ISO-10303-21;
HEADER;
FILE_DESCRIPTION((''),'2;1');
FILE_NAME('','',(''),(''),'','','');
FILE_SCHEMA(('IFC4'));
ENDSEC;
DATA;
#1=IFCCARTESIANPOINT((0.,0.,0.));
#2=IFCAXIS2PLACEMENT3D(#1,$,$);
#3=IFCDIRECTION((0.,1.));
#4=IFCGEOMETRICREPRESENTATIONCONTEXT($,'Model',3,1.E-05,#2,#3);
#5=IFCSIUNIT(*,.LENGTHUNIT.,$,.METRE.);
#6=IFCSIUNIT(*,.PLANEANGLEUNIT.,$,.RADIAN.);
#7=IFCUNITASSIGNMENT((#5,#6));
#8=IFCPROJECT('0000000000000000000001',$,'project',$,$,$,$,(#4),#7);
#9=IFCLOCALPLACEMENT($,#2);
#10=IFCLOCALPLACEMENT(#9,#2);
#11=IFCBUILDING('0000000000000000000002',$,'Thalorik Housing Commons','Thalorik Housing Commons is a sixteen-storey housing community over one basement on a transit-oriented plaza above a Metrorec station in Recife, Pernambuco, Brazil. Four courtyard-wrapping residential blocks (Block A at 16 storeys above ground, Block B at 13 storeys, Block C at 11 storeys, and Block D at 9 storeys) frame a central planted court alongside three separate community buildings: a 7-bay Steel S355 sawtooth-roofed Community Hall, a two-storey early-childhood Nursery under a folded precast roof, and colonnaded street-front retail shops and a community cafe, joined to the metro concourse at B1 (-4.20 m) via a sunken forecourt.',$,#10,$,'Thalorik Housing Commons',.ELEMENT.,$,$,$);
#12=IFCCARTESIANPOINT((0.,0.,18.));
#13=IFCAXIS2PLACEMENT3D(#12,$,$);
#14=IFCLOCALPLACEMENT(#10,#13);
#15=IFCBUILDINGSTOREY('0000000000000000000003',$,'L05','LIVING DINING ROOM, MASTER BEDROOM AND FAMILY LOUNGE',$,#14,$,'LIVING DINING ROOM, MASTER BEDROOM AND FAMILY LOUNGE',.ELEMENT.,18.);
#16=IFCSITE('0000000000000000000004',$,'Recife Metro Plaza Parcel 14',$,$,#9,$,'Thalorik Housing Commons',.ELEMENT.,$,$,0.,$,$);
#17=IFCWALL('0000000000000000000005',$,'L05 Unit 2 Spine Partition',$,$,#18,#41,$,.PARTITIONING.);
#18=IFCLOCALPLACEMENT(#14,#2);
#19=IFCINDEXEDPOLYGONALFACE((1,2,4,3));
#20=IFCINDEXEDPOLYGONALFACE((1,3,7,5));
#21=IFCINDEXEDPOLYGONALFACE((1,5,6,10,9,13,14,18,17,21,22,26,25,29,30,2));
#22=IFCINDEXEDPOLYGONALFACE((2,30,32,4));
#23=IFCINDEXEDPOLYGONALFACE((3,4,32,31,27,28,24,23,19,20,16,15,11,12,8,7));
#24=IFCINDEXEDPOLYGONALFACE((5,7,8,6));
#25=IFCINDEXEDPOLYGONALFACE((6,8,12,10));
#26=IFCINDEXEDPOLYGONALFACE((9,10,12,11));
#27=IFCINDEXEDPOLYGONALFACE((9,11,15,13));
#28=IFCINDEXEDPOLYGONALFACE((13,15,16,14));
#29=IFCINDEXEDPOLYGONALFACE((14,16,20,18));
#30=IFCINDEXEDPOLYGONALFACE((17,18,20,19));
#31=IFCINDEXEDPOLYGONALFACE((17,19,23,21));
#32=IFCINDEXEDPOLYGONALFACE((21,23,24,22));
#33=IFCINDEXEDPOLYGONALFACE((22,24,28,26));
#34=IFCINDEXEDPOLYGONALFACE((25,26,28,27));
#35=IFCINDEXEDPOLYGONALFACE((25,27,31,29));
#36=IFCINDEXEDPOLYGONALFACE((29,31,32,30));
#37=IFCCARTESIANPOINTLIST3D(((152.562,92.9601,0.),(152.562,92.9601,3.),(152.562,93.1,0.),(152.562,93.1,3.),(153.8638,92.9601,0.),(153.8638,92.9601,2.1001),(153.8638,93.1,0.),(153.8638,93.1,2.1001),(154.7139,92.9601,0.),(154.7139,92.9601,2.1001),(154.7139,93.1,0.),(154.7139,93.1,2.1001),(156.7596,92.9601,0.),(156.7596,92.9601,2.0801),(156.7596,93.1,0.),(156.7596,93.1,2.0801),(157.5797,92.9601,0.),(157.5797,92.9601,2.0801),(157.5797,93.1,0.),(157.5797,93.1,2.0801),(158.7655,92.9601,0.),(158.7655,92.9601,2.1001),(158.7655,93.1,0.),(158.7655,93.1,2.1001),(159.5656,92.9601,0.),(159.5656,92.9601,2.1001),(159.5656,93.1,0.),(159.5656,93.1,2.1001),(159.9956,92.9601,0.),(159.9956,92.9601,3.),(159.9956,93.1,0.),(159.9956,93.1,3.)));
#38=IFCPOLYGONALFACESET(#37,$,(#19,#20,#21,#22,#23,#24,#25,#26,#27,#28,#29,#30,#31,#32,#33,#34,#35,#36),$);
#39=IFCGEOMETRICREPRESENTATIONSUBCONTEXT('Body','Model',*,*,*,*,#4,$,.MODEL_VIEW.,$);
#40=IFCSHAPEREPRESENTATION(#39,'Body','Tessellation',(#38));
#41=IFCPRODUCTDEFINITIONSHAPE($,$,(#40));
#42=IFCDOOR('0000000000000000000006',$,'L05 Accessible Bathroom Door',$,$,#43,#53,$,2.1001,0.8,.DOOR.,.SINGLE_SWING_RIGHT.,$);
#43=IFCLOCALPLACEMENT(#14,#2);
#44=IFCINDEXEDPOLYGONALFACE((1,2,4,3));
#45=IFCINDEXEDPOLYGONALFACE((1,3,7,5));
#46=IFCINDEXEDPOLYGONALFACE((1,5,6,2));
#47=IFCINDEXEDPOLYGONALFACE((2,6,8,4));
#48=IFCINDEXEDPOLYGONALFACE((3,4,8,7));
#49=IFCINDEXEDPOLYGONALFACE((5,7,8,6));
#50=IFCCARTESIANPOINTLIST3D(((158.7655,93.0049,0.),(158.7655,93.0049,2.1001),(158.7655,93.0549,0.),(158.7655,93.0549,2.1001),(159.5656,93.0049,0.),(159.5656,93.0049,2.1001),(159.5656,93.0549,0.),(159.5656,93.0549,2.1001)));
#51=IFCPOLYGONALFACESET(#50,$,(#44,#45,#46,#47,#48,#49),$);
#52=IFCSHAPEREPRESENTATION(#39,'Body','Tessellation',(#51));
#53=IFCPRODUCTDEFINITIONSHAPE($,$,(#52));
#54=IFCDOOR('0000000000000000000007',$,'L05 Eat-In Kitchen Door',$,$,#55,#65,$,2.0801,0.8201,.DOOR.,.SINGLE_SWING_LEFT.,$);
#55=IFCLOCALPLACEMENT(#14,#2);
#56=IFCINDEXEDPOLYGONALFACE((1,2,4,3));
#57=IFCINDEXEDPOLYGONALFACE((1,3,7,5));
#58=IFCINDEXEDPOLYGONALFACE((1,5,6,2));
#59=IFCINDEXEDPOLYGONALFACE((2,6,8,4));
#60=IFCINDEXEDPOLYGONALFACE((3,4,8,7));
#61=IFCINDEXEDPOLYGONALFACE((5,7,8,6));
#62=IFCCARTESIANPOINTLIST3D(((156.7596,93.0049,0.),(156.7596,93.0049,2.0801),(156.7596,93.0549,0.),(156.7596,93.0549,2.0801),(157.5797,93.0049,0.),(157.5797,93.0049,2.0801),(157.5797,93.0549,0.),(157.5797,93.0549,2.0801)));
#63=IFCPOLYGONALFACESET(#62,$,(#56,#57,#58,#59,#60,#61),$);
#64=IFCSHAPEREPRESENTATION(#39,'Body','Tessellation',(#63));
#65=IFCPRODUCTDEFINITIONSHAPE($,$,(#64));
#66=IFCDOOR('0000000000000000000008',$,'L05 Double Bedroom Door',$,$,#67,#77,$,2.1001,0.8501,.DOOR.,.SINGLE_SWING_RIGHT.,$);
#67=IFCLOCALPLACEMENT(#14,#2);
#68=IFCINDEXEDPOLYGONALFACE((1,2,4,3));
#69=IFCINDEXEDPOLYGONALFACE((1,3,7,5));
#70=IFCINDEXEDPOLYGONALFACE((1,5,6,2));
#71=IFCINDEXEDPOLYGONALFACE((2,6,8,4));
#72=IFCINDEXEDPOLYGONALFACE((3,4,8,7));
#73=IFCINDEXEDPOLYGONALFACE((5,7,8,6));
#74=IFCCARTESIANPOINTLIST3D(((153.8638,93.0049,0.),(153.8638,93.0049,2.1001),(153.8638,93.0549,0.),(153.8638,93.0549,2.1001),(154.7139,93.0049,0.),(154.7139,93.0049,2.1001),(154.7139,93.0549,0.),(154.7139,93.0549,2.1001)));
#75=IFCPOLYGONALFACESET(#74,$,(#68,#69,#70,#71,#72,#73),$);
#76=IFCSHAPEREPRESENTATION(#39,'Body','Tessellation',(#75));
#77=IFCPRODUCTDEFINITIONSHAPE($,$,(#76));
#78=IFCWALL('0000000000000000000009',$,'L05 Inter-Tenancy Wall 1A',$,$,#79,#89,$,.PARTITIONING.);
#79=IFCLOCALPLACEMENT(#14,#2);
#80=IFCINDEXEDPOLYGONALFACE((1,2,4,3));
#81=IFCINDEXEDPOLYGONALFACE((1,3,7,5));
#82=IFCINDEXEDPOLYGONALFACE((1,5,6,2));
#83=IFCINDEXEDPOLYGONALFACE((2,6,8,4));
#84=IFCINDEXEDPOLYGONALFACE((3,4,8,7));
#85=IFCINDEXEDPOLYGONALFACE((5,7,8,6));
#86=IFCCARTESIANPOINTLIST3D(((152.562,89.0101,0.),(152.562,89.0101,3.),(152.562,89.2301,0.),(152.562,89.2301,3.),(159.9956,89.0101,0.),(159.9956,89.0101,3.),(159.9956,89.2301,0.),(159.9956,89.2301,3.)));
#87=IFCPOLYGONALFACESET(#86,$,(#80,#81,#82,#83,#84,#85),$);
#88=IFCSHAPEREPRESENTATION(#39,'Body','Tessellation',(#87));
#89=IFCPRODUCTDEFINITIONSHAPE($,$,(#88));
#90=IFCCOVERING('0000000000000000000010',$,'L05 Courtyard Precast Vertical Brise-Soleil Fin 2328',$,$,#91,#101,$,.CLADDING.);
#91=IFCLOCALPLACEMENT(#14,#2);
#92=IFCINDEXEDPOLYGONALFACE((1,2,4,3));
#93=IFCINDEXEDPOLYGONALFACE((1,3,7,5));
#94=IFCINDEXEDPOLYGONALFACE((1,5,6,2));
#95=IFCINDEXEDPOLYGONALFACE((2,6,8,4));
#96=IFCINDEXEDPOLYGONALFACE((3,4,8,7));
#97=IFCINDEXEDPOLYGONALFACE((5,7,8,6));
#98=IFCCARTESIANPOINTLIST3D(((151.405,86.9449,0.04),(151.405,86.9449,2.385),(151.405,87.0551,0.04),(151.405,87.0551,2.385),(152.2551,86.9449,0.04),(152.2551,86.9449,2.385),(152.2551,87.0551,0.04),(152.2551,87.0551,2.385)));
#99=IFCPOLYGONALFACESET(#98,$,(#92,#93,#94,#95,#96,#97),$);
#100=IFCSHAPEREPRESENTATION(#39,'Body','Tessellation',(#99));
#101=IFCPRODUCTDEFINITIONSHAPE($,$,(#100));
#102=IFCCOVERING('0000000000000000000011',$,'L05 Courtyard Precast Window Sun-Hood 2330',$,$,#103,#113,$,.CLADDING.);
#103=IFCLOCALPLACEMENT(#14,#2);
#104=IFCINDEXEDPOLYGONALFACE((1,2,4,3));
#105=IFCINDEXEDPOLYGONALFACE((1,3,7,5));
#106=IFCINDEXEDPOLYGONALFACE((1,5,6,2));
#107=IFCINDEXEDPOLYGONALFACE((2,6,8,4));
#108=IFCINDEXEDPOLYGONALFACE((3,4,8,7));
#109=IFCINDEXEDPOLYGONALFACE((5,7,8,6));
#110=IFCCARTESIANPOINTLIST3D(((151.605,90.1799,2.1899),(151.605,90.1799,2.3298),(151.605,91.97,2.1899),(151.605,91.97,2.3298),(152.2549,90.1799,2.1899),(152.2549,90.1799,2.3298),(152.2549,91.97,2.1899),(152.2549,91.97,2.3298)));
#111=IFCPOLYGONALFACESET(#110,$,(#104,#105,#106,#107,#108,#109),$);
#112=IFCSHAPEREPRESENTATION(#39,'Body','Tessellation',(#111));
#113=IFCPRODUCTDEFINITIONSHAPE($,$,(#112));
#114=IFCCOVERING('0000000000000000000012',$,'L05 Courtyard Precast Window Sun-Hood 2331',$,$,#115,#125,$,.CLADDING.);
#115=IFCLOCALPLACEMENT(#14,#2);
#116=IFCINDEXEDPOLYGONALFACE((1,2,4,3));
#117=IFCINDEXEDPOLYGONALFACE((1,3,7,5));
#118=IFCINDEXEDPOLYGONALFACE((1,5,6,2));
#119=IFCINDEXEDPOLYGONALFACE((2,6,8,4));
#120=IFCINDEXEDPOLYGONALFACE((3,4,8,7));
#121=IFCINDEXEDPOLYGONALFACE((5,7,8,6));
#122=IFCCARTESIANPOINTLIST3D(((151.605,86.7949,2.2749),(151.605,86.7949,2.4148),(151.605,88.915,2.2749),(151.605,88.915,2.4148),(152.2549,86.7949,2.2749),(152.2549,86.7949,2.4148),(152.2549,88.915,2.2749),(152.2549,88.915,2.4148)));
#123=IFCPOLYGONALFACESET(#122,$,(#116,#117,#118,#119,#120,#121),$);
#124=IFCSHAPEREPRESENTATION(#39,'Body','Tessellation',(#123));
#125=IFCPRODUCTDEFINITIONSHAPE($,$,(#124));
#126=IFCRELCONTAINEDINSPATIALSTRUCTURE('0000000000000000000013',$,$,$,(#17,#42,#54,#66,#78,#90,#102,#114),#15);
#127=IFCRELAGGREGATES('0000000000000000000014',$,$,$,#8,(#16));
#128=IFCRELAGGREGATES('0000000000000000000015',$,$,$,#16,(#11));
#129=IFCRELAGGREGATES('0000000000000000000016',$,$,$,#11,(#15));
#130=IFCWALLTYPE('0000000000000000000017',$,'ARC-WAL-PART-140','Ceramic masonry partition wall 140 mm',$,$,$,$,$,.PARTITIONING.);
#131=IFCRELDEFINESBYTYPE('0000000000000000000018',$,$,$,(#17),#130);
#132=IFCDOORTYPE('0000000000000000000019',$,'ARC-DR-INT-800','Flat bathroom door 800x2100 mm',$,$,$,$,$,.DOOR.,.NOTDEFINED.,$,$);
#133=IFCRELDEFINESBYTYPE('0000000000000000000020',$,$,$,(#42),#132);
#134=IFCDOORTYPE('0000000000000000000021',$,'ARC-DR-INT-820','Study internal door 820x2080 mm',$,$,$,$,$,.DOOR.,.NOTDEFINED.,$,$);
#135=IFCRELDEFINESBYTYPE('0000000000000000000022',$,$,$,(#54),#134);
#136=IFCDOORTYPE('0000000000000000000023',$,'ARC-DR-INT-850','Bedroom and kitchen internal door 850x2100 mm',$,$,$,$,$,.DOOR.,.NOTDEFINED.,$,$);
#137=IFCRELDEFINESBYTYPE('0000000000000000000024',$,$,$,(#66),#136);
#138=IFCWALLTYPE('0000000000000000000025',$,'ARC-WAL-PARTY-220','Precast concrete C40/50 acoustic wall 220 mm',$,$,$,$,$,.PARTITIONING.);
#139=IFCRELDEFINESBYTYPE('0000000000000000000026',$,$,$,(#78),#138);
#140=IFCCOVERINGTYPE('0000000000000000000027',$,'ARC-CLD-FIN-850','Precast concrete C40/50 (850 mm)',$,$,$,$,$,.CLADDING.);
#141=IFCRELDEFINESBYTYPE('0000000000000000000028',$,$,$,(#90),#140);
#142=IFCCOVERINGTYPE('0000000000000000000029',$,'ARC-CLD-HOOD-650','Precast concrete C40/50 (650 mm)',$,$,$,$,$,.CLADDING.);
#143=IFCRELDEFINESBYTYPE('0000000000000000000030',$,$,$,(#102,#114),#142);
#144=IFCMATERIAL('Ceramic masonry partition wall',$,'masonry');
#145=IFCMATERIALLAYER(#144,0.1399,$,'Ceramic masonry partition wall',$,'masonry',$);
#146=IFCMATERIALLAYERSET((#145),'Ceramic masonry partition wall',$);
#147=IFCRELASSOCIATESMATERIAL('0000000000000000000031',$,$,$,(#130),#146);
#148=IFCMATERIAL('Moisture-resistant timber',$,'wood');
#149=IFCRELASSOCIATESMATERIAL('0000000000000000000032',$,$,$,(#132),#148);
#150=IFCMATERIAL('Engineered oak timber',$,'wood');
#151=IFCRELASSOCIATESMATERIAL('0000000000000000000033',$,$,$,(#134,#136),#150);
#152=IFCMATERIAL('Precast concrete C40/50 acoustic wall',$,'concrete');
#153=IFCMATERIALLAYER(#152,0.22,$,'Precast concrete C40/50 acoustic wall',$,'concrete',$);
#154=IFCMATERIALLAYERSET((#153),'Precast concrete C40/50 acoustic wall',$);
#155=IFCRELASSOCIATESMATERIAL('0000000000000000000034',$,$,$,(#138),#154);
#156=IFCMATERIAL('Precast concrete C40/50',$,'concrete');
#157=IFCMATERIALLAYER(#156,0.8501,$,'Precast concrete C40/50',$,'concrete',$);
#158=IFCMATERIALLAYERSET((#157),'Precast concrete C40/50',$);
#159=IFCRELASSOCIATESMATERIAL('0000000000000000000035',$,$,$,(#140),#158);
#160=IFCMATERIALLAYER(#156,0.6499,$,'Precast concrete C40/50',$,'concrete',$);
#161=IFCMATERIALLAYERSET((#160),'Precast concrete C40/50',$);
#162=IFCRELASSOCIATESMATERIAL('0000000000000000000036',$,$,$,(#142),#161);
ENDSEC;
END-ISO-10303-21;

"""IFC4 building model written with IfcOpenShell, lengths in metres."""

from ifc_helpers import new_model, si_unit, direction, frame, frame_2d, origin, origin_2d, place, context, subcontext, project, spatial, rectangle, extrude, material, layer, layer_set, type_object, element, fill, save


model = new_model("IFC4")

# Units and contexts
model_context = context("Model", 3, precision=1e-05, world=origin(), true_north=direction((0.0, 1.0)))
body_context = subcontext(model_context, "Body", "Model", "MODEL_VIEW")
ifc_project = project(units=[si_unit("LENGTHUNIT", "METRE"), si_unit("PLANEANGLEUNIT", "RADIAN")], contexts=[model_context])

# Site, building, storey
site_placement = place(None, origin())
site = spatial("IfcSite", under=ifc_project, at=site_placement, Name="Recife Metro Plaza Parcel 14", LongName="Thalorik Housing Commons", CompositionType="ELEMENT", RefElevation=0.0)
building_placement = place(site_placement, origin())
building = spatial("IfcBuilding", under=site, at=building_placement, Name="Thalorik Housing Commons", Description="Thalorik Housing Commons is a sixteen-storey housing community over one basement on a transit-oriented plaza above a Metrorec station in Recife, Pernambuco, Brazil. Four courtyard-wrapping residential blocks (Block A at 16 storeys above ground, Block B at 13 storeys, Block C at 11 storeys, and Block D at 9 storeys) frame a central planted court alongside three separate community buildings: a 7-bay Steel S355 sawtooth-roofed Community Hall, a two-storey early-childhood Nursery under a folded precast roof, and colonnaded street-front retail shops and a community cafe, joined to the metro concourse at B1 (-4.20 m) via a sunken forecourt.", LongName="Thalorik Housing Commons", CompositionType="ELEMENT")
storey_placement = place(building_placement, frame((0.0, 0.0, 18.0)))
storey = spatial("IfcBuildingStorey", under=building, at=storey_placement, Name="L05", Description="LIVING DINING ROOM, MASTER BEDROOM AND FAMILY LOUNGE", LongName="LIVING DINING ROOM, MASTER BEDROOM AND FAMILY LOUNGE", CompositionType="ELEMENT", Elevation=18.0)

# Shared definitions
ifc_material_1 = material(Name="Precast concrete C40/50", Category="concrete")

# Wall, openings, doors
ifc_material_2 = material(Name="Ceramic masonry partition wall", Category="masonry")
ifc_layer_1 = layer(ifc_material_2, 0.1399, Name="Ceramic masonry partition wall", Category="masonry")
ifc_layer_set_1 = layer_set([ifc_layer_1], Name="Ceramic masonry partition wall")
wall_type_1 = type_object("IfcWallType", Name="ARC-WAL-PART-140", Description="Ceramic masonry partition wall 140 mm", PredefinedType="PARTITIONING", material=ifc_layer_set_1)
wall_1_placement = place(storey_placement, frame((152.562, 93.03, 0.0), z_axis=(0.0, 0.0, 1.0), x_axis=(1.0, 0.0, 0.0)))
wall_1 = element("IfcWall", 1, at=wall_1_placement, inside=storey, type_object=wall_type_1, Name="L05 Unit 2 Spine Partition", PredefinedType="PARTITIONING", context=body_context, shape_type="SweptSolid", body=[
    extrude(rectangle(XDim=7.4336, YDim=0.1399, at=frame_2d((3.7168, 0.0))), origin(), (0.0, 0.0, 1.0), 3.0),
])
opening_1_placement = place(wall_1_placement, frame((1.3018, 0.0, 0.0)))
opening_1 = element("IfcOpeningElement", 2, at=opening_1_placement, cuts=wall_1, PredefinedType="OPENING", context=body_context, shape_type="SweptSolid", body=[
    extrude(rectangle(XDim=0.8501, YDim=2.1001, at=frame_2d((0.425, 1.05))), frame((0.0, 0.0801, 0.0), z_axis=(0.0, -1.0, 0.0), x_axis=(1.0, 0.0, 0.0)), (0.0, 0.0, 1.0), 0.1599),
])
opening_2_placement = place(wall_1_placement, frame((4.1975, 0.0, 0.0)))
opening_2 = element("IfcOpeningElement", 3, at=opening_2_placement, cuts=wall_1, PredefinedType="OPENING", context=body_context, shape_type="SweptSolid", body=[
    extrude(rectangle(XDim=0.8201, YDim=2.0801, at=frame_2d((0.4102, 1.04))), frame((0.0, 0.0801, 0.0), z_axis=(0.0, -1.0, 0.0), x_axis=(1.0, 0.0, 0.0)), (0.0, 0.0, 1.0), 0.1599),
])
opening_3_placement = place(wall_1_placement, frame((6.2036, 0.0, 0.0)))
opening_3 = element("IfcOpeningElement", 4, at=opening_3_placement, cuts=wall_1, PredefinedType="OPENING", context=body_context, shape_type="SweptSolid", body=[
    extrude(rectangle(XDim=0.8, YDim=2.1001, at=frame_2d((0.3999, 1.05))), frame((0.0, 0.0801, 0.0), z_axis=(0.0, -1.0, 0.0), x_axis=(1.0, 0.0, 0.0)), (0.0, 0.0, 1.0), 0.1599),
])
ifc_material_3 = material(Name="Moisture-resistant timber", Category="wood")
door_type_1 = type_object("IfcDoorType", Name="ARC-DR-INT-800", Description="Flat bathroom door 800x2100 mm", OperationType="NOTDEFINED", PredefinedType="DOOR", material=ifc_material_3)
door_1_placement = place(opening_3_placement, origin())
door_1 = element("IfcDoor", 5, at=door_1_placement, inside=storey, type_object=door_type_1, Name="L05 Accessible Bathroom Door", OperationType="SINGLE_SWING_RIGHT", OverallHeight=2.1001, OverallWidth=0.8, PredefinedType="DOOR", context=body_context, shape_type="SweptSolid", body=[
    extrude(rectangle(XDim=0.8, YDim=2.1001, at=frame_2d((0.3999, 1.05))), frame((0.0, 0.0249, 0.0), z_axis=(0.0, -1.0, 0.0), x_axis=(1.0, 0.0, 0.0)), (0.0, 0.0, 1.0), 0.05),
])
fill(opening_3, door_1)
ifc_material_4 = material(Name="Engineered oak timber", Category="wood")
door_type_2 = type_object("IfcDoorType", Name="ARC-DR-INT-820", Description="Study internal door 820x2080 mm", OperationType="NOTDEFINED", PredefinedType="DOOR", material=ifc_material_4)
door_2_placement = place(opening_2_placement, origin())
door_2 = element("IfcDoor", 6, at=door_2_placement, inside=storey, type_object=door_type_2, Name="L05 Eat-In Kitchen Door", OperationType="SINGLE_SWING_LEFT", OverallHeight=2.0801, OverallWidth=0.8201, PredefinedType="DOOR", context=body_context, shape_type="SweptSolid", body=[
    extrude(rectangle(XDim=0.8201, YDim=2.0801, at=frame_2d((0.4102, 1.04))), frame((0.0, 0.0249, 0.0), z_axis=(0.0, -1.0, 0.0), x_axis=(1.0, 0.0, 0.0)), (0.0, 0.0, 1.0), 0.05),
])
fill(opening_2, door_2)
door_type_3 = type_object("IfcDoorType", Name="ARC-DR-INT-850", Description="Bedroom and kitchen internal door 850x2100 mm", OperationType="NOTDEFINED", PredefinedType="DOOR", material=ifc_material_4)
door_3_placement = place(opening_1_placement, origin())
door_3 = element("IfcDoor", 7, at=door_3_placement, inside=storey, type_object=door_type_3, Name="L05 Double Bedroom Door", OperationType="SINGLE_SWING_RIGHT", OverallHeight=2.1001, OverallWidth=0.8501, PredefinedType="DOOR", context=body_context, shape_type="SweptSolid", body=[
    extrude(rectangle(XDim=0.8501, YDim=2.1001, at=frame_2d((0.425, 1.05))), frame((0.0, 0.0249, 0.0), z_axis=(0.0, -1.0, 0.0), x_axis=(1.0, 0.0, 0.0)), (0.0, 0.0, 1.0), 0.05),
])
fill(opening_1, door_3)

# Wall
ifc_material_5 = material(Name="Precast concrete C40/50 acoustic wall", Category="concrete")
ifc_layer_2 = layer(ifc_material_5, 0.22, Name="Precast concrete C40/50 acoustic wall", Category="concrete")
ifc_layer_set_2 = layer_set([ifc_layer_2], Name="Precast concrete C40/50 acoustic wall")
wall_type_2 = type_object("IfcWallType", Name="ARC-WAL-PARTY-220", Description="Precast concrete C40/50 acoustic wall 220 mm", PredefinedType="PARTITIONING", material=ifc_layer_set_2)
wall_2_placement = place(storey_placement, frame((152.562, 89.1201, 0.0), z_axis=(0.0, 0.0, 1.0), x_axis=(1.0, 0.0, 0.0)))
element("IfcWall", 8, at=wall_2_placement, inside=storey, type_object=wall_type_2, Name="L05 Inter-Tenancy Wall 1A", PredefinedType="PARTITIONING", context=body_context, shape_type="SweptSolid", body=[
    extrude(rectangle(XDim=7.4336, YDim=0.22, at=frame_2d((3.7168, 0.0))), origin(), (0.0, 0.0, 1.0), 3.0),
])

# Coverings
ifc_layer_3 = layer(ifc_material_1, 0.8501, Name="Precast concrete C40/50", Category="concrete")
ifc_layer_set_3 = layer_set([ifc_layer_3], Name="Precast concrete C40/50")
covering_type_1 = type_object("IfcCoveringType", Name="ARC-CLD-FIN-850", Description="Precast concrete C40/50 (850 mm)", PredefinedType="CLADDING", material=ifc_layer_set_3)
covering_1_placement = place(storey_placement, frame((151.8301, 87.0, 0.04), z_axis=(0.0, 0.0, 1.0), x_axis=(0.0, -1.0, 0.0)))
element("IfcCovering", 9, at=covering_1_placement, inside=storey, type_object=covering_type_1, Name="L05 Courtyard Precast Vertical Brise-Soleil Fin 2328", PredefinedType="CLADDING", context=body_context, shape_type="SweptSolid", body=[
    extrude(rectangle(XDim=0.1101, YDim=0.8501, at=origin_2d()), origin(), (0.0, 0.0, 1.0), 2.345),
])
ifc_layer_4 = layer(ifc_material_1, 0.6499, Name="Precast concrete C40/50", Category="concrete")
ifc_layer_set_4 = layer_set([ifc_layer_4], Name="Precast concrete C40/50")
covering_type_2 = type_object("IfcCoveringType", Name="ARC-CLD-HOOD-650", Description="Precast concrete C40/50 (650 mm)", PredefinedType="CLADDING", material=ifc_layer_set_4)
covering_2_placement = place(storey_placement, frame((151.9299, 91.075, 2.1899), z_axis=(0.0, 0.0, 1.0), x_axis=(0.0, -1.0, 0.0)))
element("IfcCovering", 10, at=covering_2_placement, inside=storey, type_object=covering_type_2, Name="L05 Courtyard Precast Window Sun-Hood 2330", PredefinedType="CLADDING", context=body_context, shape_type="SweptSolid", body=[
    extrude(rectangle(XDim=1.79, YDim=0.6499, at=origin_2d()), origin(), (0.0, 0.0, 1.0), 0.1399),
])
covering_3_placement = place(storey_placement, frame((151.9299, 87.855, 2.2749), z_axis=(0.0, 0.0, 1.0), x_axis=(0.0, -1.0, 0.0)))
element("IfcCovering", 11, at=covering_3_placement, inside=storey, type_object=covering_type_2, Name="L05 Courtyard Precast Window Sun-Hood 2331", PredefinedType="CLADDING", context=body_context, shape_type="SweptSolid", body=[
    extrude(rectangle(XDim=2.1201, YDim=0.6499, at=origin_2d()), origin(), (0.0, 0.0, 1.0), 0.1399),
])

save(model, "model.ifc")
